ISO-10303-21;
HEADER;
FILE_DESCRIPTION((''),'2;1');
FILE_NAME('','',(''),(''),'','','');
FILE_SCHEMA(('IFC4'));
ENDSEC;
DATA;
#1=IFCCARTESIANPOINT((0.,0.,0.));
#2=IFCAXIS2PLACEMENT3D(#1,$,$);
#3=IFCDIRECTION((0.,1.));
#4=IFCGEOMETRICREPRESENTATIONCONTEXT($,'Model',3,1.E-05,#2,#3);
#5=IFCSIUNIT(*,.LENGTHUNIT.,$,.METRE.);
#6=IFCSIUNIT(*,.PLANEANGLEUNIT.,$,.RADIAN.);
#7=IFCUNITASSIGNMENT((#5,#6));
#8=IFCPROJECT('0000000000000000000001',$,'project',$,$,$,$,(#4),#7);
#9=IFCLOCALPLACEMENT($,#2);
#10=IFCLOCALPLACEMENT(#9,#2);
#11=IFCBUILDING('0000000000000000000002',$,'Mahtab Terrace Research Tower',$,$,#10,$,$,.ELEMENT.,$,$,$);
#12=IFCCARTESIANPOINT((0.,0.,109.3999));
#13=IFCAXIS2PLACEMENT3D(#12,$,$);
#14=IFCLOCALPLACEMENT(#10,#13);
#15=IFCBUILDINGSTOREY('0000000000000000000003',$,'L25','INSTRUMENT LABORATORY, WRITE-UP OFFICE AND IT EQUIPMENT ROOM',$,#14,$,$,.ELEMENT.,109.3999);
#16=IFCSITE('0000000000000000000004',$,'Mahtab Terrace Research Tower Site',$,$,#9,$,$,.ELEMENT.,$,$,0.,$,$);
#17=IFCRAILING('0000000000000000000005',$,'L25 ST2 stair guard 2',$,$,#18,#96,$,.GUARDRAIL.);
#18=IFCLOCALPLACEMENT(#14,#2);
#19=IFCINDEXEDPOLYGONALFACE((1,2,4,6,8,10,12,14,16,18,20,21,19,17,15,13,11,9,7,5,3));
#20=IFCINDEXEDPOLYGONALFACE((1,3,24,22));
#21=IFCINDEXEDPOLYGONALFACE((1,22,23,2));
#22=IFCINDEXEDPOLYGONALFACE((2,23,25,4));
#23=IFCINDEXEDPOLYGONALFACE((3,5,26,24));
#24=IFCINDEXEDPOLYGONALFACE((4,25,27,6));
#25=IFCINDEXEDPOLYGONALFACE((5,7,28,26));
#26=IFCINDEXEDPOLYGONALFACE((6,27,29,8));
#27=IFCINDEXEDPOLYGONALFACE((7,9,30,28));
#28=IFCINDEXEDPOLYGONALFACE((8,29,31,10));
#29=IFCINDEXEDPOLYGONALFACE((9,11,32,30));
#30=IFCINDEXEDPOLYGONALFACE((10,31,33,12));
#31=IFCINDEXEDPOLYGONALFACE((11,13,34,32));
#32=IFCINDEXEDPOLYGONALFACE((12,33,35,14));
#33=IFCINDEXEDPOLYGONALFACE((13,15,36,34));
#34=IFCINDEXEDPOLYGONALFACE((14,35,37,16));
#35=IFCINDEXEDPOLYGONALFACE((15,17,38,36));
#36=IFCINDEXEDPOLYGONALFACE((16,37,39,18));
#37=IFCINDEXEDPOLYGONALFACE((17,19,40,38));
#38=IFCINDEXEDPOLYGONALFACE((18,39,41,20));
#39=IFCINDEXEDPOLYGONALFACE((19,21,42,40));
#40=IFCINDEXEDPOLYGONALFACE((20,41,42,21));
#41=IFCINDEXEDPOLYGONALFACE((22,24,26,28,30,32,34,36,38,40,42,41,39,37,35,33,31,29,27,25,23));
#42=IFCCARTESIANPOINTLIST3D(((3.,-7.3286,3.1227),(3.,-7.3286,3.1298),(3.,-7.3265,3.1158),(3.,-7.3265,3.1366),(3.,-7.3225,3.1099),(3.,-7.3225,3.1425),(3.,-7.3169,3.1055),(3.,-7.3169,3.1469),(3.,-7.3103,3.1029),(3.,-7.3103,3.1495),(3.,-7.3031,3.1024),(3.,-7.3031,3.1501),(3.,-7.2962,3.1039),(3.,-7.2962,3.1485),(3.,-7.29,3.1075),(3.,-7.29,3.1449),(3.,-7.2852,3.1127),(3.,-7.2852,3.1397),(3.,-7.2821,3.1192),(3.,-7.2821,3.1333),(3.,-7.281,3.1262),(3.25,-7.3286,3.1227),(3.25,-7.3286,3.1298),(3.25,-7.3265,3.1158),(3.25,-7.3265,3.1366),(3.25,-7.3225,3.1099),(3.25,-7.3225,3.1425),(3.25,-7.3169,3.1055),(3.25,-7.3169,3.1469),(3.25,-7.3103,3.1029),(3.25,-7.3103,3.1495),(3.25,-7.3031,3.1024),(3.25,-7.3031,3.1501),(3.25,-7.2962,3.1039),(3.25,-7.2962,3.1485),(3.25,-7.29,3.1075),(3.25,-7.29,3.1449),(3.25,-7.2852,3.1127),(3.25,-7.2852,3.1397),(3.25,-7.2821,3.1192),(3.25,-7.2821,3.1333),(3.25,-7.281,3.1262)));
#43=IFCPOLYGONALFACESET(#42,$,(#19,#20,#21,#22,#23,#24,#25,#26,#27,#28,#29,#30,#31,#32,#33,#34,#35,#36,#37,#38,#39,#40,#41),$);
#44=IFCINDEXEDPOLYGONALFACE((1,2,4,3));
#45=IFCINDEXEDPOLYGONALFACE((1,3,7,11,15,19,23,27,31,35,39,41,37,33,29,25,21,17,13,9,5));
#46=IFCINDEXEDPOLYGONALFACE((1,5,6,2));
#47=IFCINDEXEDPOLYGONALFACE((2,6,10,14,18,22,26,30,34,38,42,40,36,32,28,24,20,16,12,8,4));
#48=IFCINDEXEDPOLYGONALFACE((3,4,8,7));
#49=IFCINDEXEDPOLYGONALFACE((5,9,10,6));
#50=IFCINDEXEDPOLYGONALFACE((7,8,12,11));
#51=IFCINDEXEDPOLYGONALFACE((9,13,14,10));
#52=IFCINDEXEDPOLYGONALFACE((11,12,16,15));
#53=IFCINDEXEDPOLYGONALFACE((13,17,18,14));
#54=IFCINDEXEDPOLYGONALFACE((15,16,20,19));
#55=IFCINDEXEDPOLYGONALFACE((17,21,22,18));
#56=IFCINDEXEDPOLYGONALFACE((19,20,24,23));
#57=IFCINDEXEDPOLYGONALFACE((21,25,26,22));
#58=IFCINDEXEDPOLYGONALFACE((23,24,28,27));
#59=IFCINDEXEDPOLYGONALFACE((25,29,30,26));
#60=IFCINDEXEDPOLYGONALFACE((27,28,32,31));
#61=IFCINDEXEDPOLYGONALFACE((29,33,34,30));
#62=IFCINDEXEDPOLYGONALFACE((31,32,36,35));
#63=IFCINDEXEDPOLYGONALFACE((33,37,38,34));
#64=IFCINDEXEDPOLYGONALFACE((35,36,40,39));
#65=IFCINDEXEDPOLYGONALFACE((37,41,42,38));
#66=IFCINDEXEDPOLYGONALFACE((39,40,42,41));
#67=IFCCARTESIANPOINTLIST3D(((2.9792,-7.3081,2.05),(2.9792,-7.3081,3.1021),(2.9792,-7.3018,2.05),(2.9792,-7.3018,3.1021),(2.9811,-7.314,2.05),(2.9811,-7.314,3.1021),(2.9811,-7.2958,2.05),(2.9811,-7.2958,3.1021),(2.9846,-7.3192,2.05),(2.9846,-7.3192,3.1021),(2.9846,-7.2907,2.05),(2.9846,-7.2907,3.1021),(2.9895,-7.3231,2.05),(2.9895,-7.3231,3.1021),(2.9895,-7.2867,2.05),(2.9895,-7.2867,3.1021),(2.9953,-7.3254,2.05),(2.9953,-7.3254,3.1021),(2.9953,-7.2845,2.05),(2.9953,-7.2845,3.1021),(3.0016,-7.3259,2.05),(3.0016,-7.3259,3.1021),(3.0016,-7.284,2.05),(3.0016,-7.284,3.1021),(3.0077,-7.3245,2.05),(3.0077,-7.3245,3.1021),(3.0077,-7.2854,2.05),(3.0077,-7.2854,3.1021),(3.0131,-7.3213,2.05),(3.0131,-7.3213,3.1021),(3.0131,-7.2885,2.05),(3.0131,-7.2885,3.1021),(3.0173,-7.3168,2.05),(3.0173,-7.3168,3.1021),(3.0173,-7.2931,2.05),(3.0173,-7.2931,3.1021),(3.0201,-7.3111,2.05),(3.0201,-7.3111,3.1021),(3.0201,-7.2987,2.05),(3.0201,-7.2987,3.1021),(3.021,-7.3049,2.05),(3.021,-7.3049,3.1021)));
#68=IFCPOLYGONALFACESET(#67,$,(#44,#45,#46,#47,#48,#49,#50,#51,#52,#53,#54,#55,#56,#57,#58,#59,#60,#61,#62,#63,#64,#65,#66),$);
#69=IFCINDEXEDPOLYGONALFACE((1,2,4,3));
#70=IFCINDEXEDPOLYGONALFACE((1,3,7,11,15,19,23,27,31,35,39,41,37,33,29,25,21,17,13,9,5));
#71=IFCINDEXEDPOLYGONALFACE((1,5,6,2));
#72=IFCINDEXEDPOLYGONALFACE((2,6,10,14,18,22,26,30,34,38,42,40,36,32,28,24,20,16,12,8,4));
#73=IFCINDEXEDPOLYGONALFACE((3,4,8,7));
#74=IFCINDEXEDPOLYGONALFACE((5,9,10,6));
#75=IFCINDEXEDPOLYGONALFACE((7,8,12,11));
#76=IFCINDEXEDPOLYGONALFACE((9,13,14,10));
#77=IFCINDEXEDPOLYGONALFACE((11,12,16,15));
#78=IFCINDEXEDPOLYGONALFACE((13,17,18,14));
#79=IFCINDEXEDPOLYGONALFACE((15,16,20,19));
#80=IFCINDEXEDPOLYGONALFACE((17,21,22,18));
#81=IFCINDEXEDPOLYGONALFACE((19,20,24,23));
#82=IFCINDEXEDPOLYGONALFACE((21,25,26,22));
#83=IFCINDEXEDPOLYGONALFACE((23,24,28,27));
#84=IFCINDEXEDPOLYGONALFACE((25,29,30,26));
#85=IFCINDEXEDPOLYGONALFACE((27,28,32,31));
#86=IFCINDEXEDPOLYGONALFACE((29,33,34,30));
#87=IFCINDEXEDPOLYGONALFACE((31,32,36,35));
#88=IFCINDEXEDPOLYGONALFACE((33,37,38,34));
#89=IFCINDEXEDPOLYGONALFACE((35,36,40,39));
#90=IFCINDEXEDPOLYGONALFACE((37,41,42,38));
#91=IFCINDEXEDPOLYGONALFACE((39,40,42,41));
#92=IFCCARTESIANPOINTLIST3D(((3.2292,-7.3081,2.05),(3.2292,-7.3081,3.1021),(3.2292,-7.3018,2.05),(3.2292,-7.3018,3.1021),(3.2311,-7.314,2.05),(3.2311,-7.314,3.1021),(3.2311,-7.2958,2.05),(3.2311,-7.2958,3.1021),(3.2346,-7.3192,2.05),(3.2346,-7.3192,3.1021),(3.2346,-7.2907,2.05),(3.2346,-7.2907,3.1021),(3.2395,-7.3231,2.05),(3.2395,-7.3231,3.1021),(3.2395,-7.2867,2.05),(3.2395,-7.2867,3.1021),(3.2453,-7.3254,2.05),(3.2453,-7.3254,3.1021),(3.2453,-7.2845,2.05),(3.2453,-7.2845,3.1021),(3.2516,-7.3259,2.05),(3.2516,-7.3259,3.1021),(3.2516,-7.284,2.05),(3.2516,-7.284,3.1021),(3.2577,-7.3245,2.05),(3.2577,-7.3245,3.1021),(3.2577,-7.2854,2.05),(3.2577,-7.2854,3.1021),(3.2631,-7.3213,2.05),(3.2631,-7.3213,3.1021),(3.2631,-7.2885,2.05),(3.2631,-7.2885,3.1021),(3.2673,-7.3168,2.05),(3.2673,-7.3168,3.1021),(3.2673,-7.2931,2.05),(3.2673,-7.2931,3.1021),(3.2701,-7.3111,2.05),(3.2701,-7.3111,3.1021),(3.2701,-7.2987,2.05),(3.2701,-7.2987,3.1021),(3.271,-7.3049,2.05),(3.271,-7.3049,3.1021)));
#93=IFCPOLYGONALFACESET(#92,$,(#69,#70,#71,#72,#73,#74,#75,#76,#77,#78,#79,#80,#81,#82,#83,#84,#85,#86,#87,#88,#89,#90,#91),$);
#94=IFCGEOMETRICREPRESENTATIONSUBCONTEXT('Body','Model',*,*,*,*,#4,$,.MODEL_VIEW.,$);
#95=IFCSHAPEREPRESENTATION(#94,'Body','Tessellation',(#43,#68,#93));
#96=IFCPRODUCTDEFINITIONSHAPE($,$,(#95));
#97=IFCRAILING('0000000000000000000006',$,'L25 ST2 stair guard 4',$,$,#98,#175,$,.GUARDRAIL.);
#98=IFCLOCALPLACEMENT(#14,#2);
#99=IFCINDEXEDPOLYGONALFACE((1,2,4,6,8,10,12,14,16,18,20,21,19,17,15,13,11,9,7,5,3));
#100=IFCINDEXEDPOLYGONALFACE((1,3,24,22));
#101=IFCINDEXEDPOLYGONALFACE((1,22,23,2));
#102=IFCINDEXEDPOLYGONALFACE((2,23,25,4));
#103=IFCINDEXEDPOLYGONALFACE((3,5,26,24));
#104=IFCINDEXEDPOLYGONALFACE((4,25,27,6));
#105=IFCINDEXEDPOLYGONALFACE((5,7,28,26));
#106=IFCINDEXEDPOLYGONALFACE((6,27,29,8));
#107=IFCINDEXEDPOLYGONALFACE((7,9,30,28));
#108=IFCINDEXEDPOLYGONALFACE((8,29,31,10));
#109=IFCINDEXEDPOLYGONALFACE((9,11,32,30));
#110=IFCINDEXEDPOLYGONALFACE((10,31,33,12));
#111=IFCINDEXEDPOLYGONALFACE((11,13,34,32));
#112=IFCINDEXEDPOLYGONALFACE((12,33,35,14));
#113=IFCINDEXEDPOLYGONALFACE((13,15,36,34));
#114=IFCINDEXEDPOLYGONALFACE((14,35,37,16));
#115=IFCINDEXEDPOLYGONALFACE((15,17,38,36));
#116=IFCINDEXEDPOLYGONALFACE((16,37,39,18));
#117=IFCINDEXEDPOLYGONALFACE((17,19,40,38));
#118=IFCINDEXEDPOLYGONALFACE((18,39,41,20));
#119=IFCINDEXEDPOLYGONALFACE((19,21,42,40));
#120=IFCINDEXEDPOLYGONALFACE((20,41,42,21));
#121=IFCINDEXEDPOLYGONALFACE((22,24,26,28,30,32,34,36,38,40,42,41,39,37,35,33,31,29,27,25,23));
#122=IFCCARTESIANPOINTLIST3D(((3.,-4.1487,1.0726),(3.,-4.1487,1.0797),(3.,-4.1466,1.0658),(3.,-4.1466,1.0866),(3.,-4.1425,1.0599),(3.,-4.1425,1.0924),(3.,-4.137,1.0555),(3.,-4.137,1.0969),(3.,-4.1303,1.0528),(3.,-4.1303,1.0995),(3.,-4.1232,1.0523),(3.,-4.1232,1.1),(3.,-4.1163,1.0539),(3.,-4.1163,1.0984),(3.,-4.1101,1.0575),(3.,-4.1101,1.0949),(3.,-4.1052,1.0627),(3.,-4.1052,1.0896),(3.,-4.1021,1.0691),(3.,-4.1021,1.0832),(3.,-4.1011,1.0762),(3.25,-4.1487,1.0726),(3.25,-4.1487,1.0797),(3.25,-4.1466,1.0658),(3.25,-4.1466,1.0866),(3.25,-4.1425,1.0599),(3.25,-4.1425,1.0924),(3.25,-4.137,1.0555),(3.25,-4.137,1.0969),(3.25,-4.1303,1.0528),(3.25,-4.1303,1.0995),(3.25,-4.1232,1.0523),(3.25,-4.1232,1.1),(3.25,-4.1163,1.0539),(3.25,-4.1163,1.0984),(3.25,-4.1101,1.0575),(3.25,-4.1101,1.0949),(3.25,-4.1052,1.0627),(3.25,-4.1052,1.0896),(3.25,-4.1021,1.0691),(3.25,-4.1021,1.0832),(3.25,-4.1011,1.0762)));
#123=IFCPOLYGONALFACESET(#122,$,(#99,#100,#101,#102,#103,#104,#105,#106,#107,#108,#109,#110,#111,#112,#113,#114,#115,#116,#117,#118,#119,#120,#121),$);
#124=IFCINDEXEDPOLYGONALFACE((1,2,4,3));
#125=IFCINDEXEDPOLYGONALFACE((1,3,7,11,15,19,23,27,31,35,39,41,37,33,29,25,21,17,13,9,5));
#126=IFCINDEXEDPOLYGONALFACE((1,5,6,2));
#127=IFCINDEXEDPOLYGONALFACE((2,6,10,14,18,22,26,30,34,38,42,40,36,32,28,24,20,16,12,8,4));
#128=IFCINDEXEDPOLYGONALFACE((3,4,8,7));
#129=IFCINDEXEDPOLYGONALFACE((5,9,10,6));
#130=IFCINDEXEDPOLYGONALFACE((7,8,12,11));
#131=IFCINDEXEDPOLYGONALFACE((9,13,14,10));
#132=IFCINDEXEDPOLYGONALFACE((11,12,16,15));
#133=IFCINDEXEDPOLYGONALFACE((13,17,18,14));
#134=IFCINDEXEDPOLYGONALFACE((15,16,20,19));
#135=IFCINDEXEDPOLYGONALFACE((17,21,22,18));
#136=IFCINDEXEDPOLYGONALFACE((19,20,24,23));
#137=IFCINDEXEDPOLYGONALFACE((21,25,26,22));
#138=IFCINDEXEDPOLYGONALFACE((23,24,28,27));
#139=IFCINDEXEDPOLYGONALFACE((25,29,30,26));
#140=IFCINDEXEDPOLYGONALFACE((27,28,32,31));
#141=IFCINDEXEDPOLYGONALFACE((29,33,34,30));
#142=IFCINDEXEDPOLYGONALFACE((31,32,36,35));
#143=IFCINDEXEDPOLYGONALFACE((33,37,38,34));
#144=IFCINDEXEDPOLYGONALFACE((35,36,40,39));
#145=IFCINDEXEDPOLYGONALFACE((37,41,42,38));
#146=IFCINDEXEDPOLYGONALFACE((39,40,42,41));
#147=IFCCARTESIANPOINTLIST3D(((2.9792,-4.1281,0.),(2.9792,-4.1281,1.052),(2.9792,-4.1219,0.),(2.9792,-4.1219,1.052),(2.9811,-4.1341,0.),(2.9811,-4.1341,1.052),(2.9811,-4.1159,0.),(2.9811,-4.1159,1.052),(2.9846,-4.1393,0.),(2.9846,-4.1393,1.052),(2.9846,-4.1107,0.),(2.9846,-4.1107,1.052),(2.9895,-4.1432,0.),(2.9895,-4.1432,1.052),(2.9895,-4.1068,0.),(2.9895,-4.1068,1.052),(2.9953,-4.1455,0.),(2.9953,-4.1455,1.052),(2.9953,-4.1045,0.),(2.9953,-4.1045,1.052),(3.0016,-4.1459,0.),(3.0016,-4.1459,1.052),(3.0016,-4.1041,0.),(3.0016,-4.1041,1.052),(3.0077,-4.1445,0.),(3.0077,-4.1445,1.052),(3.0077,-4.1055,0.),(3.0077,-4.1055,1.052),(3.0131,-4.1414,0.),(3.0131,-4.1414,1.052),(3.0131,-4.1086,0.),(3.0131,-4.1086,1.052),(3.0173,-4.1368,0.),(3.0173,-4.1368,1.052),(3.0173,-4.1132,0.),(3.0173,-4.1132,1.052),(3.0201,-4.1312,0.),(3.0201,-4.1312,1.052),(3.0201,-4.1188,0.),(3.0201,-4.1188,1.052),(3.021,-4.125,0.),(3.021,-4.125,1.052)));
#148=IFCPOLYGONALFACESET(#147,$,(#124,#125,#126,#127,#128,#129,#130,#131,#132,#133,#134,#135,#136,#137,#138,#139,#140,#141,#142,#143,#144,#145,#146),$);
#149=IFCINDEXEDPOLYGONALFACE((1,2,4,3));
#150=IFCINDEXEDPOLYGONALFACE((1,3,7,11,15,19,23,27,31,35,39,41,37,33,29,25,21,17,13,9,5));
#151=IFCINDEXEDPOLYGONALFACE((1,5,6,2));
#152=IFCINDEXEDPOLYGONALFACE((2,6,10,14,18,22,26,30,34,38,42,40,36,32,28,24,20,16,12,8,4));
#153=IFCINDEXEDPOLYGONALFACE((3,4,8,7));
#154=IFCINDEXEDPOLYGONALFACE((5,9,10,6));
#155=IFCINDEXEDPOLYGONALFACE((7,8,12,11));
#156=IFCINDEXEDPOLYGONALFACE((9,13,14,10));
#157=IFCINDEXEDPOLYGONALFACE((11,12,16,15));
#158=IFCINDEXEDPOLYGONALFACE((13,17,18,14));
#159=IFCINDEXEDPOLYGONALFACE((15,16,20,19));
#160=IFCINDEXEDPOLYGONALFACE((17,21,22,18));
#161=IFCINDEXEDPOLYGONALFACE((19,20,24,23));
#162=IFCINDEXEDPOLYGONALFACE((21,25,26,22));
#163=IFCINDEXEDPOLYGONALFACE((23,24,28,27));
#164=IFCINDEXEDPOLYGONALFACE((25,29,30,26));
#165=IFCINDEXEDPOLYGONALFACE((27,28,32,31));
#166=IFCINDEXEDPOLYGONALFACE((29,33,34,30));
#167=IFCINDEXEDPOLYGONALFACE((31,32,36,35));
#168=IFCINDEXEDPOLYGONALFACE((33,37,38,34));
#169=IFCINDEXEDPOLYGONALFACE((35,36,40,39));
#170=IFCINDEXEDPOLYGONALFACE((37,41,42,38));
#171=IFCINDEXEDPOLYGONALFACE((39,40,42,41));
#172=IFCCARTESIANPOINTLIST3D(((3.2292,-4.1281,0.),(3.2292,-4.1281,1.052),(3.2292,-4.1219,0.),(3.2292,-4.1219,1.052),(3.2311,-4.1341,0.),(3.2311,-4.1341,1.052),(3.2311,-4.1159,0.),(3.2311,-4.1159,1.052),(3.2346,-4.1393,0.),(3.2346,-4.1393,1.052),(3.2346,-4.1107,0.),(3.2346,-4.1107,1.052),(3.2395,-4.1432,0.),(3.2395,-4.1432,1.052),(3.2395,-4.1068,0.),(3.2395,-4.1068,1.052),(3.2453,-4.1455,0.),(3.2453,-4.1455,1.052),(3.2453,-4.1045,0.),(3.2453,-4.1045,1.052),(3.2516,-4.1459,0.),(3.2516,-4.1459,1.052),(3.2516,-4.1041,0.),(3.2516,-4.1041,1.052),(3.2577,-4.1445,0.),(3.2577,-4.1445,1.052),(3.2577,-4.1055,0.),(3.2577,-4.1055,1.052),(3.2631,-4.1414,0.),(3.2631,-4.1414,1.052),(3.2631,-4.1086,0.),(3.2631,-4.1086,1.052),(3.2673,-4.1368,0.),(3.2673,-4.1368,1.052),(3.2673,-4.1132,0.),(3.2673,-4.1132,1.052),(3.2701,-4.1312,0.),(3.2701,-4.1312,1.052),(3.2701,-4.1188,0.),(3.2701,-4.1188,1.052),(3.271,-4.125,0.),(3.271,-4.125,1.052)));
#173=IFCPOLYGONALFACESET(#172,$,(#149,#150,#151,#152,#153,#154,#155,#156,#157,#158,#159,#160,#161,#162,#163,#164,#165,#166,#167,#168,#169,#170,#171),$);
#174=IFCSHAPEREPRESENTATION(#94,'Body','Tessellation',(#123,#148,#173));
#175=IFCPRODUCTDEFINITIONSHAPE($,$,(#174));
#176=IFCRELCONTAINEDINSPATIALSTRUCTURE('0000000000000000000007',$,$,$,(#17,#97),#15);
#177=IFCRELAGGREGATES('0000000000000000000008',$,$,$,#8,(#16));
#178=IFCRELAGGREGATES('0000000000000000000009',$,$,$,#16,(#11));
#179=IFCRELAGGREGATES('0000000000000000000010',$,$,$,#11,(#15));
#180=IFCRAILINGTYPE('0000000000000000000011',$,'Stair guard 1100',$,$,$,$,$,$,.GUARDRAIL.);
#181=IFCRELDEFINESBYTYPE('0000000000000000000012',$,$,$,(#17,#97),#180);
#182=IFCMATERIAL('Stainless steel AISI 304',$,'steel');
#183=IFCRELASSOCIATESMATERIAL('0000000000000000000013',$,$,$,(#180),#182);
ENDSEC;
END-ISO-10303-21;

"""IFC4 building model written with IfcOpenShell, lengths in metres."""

from ifc_helpers import new_model, si_unit, direction, frame, origin, origin_2d, place, context, subcontext, project, spatial, circle, extrude, material, type_object, element, save


model = new_model("IFC4")

# Units and contexts
model_context = context("Model", 3, precision=1e-05, world=origin(), true_north=direction((0.0, 1.0)))
body_context = subcontext(model_context, "Body", "Model", "MODEL_VIEW")
ifc_project = project(units=[si_unit("LENGTHUNIT", "METRE"), si_unit("PLANEANGLEUNIT", "RADIAN")], contexts=[model_context])

# Site, building, storey
site_placement = place(None, origin())
site = spatial("IfcSite", under=ifc_project, at=site_placement, Name="Mahtab Terrace Research Tower Site", CompositionType="ELEMENT", RefElevation=0.0)
building_placement = place(site_placement, origin())
building = spatial("IfcBuilding", under=site, at=building_placement, Name="Mahtab Terrace Research Tower", CompositionType="ELEMENT")
storey_placement = place(building_placement, frame((0.0, 0.0, 109.3999)))
storey = spatial("IfcBuildingStorey", under=building, at=storey_placement, Name="L25", Description="INSTRUMENT LABORATORY, WRITE-UP OFFICE AND IT EQUIPMENT ROOM", CompositionType="ELEMENT", Elevation=109.3999)

# Railings
ifc_material_1 = material(Name="Stainless steel AISI 304", Category="steel")
railing_type_1 = type_object("IfcRailingType", Name="Stair guard 1100", PredefinedType="GUARDRAIL", material=ifc_material_1)
for number, where, name in (
    (1, (3.0, -7.3049, 2.05), "L25 ST2 stair guard 2"),
    (2, (3.0, -4.125, 0.0), "L25 ST2 stair guard 4"),
):
    element("IfcRailing", number, at=place(storey_placement, frame(where)), inside=storey, type_object=railing_type_1, Name=name, PredefinedType="GUARDRAIL", context=body_context, shape_type="SweptSolid", body=[
        extrude(circle(Radius=0.0239, at=origin_2d()), frame((0.0, 0.0, 1.0762), z_axis=(1.0, 0.0, 0.0), x_axis=(0.0, 1.0, 0.0)), (0.0, 0.0, 1.0), 0.25),
        extrude(circle(Radius=0.021, at=origin_2d()), origin(), (0.0, 0.0, 1.0), 1.052),
        extrude(circle(Radius=0.021, at=origin_2d()), frame((0.25, 0.0, 0.0)), (0.0, 0.0, 1.0), 1.052),
    ])

save(model, "model.ifc")
